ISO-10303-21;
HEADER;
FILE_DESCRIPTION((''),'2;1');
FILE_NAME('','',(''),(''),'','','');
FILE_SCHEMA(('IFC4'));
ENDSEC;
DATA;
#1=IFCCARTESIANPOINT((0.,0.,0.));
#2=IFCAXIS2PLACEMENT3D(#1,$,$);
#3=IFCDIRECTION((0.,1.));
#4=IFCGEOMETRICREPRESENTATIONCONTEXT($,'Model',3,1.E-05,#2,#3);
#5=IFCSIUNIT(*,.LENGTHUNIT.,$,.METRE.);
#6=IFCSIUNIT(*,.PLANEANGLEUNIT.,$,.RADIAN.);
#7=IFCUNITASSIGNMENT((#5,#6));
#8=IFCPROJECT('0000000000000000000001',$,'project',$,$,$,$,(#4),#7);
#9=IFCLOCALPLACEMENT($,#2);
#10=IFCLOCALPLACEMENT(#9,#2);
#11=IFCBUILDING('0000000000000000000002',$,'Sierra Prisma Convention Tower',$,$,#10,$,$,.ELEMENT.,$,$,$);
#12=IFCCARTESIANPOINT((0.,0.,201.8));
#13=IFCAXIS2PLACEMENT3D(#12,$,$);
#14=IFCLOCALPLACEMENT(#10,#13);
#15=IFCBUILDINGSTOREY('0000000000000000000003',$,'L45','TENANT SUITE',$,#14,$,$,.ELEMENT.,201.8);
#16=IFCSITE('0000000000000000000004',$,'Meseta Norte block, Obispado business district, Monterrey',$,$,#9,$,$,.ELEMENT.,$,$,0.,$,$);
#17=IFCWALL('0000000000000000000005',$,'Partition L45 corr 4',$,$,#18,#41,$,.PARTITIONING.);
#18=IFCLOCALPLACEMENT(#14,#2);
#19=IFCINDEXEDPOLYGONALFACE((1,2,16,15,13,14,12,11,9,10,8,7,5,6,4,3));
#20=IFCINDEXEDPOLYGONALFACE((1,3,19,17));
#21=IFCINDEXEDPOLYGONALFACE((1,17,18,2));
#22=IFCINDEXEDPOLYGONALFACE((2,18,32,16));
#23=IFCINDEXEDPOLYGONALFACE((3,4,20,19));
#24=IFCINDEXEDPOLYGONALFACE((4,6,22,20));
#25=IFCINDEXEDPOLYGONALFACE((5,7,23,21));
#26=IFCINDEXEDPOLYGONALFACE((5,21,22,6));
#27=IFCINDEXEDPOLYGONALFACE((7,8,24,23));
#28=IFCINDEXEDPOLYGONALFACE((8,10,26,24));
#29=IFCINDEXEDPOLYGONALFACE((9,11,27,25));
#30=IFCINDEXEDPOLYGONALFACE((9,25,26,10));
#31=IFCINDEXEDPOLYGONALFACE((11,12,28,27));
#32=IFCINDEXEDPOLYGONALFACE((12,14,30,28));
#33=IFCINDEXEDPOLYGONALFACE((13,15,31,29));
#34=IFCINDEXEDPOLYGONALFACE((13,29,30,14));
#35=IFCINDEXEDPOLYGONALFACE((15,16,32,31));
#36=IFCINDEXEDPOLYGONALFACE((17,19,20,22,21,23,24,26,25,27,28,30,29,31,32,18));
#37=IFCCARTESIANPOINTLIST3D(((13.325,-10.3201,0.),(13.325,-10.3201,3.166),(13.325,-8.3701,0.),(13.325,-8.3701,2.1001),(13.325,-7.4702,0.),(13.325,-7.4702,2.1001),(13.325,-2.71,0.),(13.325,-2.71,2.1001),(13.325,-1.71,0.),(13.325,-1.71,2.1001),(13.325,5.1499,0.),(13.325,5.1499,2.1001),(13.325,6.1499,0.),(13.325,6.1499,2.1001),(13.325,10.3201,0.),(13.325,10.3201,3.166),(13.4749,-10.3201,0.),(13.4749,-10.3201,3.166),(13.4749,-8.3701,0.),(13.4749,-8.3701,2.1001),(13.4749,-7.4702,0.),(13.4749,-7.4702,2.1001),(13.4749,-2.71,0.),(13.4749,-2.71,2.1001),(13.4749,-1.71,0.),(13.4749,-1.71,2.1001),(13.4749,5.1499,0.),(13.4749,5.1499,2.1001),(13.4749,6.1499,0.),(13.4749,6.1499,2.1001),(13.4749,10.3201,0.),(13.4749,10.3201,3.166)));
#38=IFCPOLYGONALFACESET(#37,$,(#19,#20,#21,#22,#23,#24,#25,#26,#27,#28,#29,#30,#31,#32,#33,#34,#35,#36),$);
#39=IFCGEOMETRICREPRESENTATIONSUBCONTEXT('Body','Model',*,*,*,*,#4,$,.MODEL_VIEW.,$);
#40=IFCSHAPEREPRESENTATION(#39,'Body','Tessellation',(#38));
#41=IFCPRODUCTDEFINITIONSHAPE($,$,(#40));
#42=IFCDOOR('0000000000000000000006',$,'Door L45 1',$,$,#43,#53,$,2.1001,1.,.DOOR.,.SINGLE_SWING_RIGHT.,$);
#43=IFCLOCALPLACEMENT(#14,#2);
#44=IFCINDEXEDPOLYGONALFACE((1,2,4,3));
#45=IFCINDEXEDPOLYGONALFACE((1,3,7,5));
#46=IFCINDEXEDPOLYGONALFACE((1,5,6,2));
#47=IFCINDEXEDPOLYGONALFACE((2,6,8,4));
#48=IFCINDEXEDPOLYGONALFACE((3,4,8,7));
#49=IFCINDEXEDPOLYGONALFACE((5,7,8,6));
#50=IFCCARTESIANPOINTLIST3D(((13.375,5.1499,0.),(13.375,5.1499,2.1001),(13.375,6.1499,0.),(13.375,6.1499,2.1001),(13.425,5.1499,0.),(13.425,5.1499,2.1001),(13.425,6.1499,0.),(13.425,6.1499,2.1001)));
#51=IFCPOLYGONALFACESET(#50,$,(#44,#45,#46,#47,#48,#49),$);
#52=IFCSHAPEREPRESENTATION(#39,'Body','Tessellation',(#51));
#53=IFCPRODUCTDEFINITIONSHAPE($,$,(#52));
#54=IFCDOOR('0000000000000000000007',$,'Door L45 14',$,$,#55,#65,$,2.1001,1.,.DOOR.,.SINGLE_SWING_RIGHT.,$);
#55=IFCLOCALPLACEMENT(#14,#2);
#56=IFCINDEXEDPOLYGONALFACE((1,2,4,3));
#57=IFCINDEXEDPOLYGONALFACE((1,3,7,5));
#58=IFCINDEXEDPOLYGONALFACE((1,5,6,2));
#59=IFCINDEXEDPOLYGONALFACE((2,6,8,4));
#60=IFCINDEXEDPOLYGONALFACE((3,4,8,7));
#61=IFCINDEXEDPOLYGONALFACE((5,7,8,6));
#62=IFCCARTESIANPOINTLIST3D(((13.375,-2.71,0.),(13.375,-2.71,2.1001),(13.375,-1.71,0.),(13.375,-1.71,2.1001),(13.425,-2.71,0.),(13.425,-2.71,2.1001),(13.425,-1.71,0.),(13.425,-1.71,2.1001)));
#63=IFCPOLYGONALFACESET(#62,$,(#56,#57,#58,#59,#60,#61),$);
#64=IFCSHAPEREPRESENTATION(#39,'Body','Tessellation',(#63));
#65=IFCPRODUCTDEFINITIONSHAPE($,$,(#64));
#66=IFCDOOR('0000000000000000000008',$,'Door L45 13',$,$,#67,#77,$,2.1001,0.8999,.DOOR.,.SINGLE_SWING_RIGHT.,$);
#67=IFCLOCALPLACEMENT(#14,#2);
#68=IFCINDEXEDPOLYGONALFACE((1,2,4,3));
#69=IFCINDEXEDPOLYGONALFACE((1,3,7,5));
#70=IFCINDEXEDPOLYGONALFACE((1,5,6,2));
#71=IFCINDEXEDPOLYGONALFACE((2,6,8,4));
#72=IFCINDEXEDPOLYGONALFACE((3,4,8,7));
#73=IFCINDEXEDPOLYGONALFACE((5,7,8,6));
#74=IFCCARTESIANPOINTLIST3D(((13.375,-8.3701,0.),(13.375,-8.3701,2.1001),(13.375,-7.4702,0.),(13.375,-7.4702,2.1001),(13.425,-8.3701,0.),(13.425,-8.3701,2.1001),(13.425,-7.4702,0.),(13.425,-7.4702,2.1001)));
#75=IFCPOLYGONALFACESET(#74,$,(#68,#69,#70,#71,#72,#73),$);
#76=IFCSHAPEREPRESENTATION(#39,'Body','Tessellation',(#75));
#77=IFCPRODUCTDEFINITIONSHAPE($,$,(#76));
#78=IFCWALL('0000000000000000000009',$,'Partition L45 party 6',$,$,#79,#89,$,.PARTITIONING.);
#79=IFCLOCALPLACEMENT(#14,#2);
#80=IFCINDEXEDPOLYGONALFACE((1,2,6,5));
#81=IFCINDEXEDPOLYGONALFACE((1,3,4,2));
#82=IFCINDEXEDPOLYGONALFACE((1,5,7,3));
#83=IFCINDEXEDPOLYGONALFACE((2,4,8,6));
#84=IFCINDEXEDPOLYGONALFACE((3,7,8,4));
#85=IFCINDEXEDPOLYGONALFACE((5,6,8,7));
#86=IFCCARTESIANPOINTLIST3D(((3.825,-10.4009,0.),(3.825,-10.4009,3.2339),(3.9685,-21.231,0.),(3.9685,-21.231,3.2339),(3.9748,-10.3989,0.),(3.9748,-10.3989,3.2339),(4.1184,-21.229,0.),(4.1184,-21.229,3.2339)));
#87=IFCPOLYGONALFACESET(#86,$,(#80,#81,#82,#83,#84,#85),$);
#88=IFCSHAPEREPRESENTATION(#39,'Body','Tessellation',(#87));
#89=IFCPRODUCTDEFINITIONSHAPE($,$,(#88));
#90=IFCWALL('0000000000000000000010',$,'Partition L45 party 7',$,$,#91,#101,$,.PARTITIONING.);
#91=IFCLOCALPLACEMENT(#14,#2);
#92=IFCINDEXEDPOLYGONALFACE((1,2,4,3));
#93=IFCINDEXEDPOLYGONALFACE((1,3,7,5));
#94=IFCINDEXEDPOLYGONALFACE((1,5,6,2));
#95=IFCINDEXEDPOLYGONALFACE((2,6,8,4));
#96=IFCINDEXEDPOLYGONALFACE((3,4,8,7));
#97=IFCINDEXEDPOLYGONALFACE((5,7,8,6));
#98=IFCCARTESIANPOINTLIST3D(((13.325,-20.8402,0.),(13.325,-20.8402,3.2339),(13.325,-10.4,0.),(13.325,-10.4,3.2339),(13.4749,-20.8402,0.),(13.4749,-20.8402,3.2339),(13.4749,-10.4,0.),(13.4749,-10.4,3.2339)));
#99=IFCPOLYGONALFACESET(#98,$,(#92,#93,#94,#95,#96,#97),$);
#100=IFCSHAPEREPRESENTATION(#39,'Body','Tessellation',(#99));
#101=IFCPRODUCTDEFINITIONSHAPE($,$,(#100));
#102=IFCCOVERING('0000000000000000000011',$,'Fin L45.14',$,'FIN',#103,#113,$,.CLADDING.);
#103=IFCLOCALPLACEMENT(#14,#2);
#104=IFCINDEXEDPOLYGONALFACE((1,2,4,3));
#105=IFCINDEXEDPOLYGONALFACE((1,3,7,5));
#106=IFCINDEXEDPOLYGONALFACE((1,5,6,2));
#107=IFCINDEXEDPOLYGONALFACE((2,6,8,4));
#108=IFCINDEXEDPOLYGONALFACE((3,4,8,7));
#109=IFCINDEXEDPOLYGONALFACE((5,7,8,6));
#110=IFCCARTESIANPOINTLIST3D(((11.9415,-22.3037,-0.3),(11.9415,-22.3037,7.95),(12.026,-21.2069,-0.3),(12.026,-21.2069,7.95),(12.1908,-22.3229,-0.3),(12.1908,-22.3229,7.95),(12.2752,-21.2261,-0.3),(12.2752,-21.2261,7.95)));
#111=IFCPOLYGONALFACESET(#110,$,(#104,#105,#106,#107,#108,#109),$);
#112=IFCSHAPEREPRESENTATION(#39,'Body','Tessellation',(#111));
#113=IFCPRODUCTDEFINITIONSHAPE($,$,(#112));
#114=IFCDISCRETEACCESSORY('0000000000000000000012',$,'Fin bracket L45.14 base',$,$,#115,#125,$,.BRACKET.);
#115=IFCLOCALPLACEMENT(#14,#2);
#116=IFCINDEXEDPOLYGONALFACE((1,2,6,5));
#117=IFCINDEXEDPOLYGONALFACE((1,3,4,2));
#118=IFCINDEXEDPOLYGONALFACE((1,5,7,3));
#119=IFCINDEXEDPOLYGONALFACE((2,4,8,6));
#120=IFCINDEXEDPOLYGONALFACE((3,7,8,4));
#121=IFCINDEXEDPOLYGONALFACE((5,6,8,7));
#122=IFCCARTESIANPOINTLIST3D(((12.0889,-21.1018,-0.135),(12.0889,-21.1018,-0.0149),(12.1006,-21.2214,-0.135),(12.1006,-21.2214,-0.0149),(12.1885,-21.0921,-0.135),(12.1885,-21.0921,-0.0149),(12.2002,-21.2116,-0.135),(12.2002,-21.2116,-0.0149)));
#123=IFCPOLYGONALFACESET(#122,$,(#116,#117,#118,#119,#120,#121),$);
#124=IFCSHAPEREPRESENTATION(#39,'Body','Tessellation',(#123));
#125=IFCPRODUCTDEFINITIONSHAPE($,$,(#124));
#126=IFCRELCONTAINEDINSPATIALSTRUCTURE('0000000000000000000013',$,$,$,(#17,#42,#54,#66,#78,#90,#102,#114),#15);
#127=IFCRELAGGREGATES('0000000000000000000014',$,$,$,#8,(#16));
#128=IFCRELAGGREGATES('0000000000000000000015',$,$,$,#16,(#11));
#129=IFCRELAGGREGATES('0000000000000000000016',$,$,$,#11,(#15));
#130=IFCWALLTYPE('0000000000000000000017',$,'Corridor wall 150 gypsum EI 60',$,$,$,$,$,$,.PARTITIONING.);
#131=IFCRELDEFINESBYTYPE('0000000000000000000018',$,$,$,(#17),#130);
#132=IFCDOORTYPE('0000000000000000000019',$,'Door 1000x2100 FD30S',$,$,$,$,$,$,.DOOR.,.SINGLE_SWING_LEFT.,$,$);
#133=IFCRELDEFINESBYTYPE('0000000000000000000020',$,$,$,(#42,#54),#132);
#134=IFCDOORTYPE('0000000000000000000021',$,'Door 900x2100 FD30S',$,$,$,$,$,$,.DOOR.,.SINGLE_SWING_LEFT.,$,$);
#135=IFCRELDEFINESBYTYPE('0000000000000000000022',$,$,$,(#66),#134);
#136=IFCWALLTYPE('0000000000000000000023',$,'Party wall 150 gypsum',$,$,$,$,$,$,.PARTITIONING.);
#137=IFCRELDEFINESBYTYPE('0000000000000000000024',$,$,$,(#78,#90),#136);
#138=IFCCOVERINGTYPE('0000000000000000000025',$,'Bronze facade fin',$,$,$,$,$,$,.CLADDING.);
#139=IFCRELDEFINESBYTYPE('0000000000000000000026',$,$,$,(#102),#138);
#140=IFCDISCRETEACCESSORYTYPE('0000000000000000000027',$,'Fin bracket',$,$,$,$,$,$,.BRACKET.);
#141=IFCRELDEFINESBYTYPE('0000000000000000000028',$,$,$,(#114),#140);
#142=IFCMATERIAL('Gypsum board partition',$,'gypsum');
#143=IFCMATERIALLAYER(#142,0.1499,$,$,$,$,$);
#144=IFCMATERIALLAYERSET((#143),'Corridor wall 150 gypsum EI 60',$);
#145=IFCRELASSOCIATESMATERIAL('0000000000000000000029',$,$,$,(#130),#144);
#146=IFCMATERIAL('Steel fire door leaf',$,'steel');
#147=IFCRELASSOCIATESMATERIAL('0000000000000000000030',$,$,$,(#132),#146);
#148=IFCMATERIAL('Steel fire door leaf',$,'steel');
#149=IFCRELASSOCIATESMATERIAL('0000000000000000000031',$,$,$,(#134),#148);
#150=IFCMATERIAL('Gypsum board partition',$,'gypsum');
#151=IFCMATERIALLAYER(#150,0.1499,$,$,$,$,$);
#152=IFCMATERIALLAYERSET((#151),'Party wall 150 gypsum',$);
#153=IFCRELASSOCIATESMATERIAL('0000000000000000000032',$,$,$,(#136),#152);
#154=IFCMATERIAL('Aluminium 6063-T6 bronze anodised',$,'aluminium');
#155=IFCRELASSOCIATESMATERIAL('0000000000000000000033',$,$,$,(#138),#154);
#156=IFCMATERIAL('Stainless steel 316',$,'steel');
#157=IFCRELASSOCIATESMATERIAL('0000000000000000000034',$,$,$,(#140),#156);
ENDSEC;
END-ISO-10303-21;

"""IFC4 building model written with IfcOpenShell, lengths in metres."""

from ifc_helpers import new_model, si_unit, direction, frame, frame_2d, origin, origin_2d, place, context, subcontext, project, spatial, rectangle, extrude, material, layer, layer_set, material_profile, profile_set, type_object, element, fill, save


model = new_model("IFC4")

# Units and contexts
model_context = context("Model", 3, precision=1e-05, world=origin(), true_north=direction((0.0, 1.0)))
body_context = subcontext(model_context, "Body", "Model", "MODEL_VIEW")
ifc_project = project(units=[si_unit("LENGTHUNIT", "METRE"), si_unit("PLANEANGLEUNIT", "RADIAN")], contexts=[model_context])

# Site, building, storey
site_placement = place(None, origin())
site = spatial("IfcSite", under=ifc_project, at=site_placement, Name="Meseta Norte block, Obispado business district, Monterrey", CompositionType="ELEMENT", RefElevation=0.0)
building_placement = place(site_placement, origin())
building = spatial("IfcBuilding", under=site, at=building_placement, Name="Sierra Prisma Convention Tower", CompositionType="ELEMENT")
storey_placement = place(building_placement, frame((0.0, 0.0, 201.8)))
storey = spatial("IfcBuildingStorey", under=building, at=storey_placement, Name="L45", Description="TENANT SUITE", CompositionType="ELEMENT", Elevation=201.8)

# Wall, openings, doors
ifc_material_1 = material(Name="Gypsum board partition", Category="gypsum")
ifc_layer_1 = layer(ifc_material_1, 0.1499)
ifc_layer_set_1 = layer_set([ifc_layer_1], Name="Corridor wall 150 gypsum EI 60")
wall_type_1 = type_object("IfcWallType", Name="Corridor wall 150 gypsum EI 60", PredefinedType="PARTITIONING", material=ifc_layer_set_1)
wall_1_placement = place(storey_placement, frame((13.3999, -10.3201, 0.0), z_axis=(0.0, 0.0, 1.0), x_axis=(0.0, 1.0, 0.0)))
wall_1 = element("IfcWall", 1, at=wall_1_placement, inside=storey, type_object=wall_type_1, Name="Partition L45 corr 4", PredefinedType="PARTITIONING", context=body_context, shape_type="SweptSolid", body=[
    extrude(rectangle(XDim=20.6401, YDim=0.1499, at=frame_2d((10.3201, 0.0))), origin(), (0.0, 0.0, 1.0), 3.166),
])
opening_1_placement = place(wall_1_placement, frame((15.47, 0.0, 0.0)))
opening_1 = element("IfcOpeningElement", 2, at=opening_1_placement, cuts=wall_1, PredefinedType="OPENING", context=body_context, shape_type="SweptSolid", body=[
    extrude(rectangle(XDim=1.0, YDim=2.1001, at=frame_2d((0.5, 1.05))), frame((0.0, 0.075, 0.0), z_axis=(0.0, -1.0, 0.0), x_axis=(1.0, 0.0, 0.0)), (0.0, 0.0, 1.0), 0.1499),
])
opening_2_placement = place(wall_1_placement, frame((1.95, 0.0, 0.0)))
opening_2 = element("IfcOpeningElement", 3, at=opening_2_placement, cuts=wall_1, PredefinedType="OPENING", context=body_context, shape_type="SweptSolid", body=[
    extrude(rectangle(XDim=0.8999, YDim=2.1001, at=frame_2d((0.45, 1.05))), frame((0.0, 0.075, 0.0), z_axis=(0.0, -1.0, 0.0), x_axis=(1.0, 0.0, 0.0)), (0.0, 0.0, 1.0), 0.1499),
])
opening_3_placement = place(wall_1_placement, frame((7.6101, 0.0, 0.0)))
opening_3 = element("IfcOpeningElement", 4, at=opening_3_placement, cuts=wall_1, PredefinedType="OPENING", context=body_context, shape_type="SweptSolid", body=[
    extrude(rectangle(XDim=1.0, YDim=2.1001, at=frame_2d((0.5, 1.05))), frame((0.0, 0.075, 0.0), z_axis=(0.0, -1.0, 0.0), x_axis=(1.0, 0.0, 0.0)), (0.0, 0.0, 1.0), 0.1499),
])
ifc_material_2 = material(Name="Steel fire door leaf", Category="steel")
door_type_1 = type_object("IfcDoorType", Name="Door 1000x2100 FD30S", OperationType="SINGLE_SWING_LEFT", PredefinedType="DOOR", material=ifc_material_2)
door_1_placement = place(opening_1_placement, origin())
door_1 = element("IfcDoor", 5, at=door_1_placement, inside=storey, type_object=door_type_1, Name="Door L45 1", OperationType="SINGLE_SWING_RIGHT", OverallHeight=2.1001, OverallWidth=1.0, PredefinedType="DOOR", context=body_context, shape_type="SweptSolid", body=[
    extrude(rectangle(XDim=1.0, YDim=2.1001, at=frame_2d((0.5, 1.05))), frame((0.0, 0.0249, 0.0), z_axis=(0.0, -1.0, 0.0), x_axis=(1.0, 0.0, 0.0)), (0.0, 0.0, 1.0), 0.05),
])
fill(opening_1, door_1)
door_2_placement = place(opening_3_placement, origin())
door_2 = element("IfcDoor", 6, at=door_2_placement, inside=storey, type_object=door_type_1, Name="Door L45 14", OperationType="SINGLE_SWING_RIGHT", OverallHeight=2.1001, OverallWidth=1.0, PredefinedType="DOOR", context=body_context, shape_type="SweptSolid", body=[
    extrude(rectangle(XDim=1.0, YDim=2.1001, at=frame_2d((0.5, 1.05))), frame((0.0, 0.0249, 0.0), z_axis=(0.0, -1.0, 0.0), x_axis=(1.0, 0.0, 0.0)), (0.0, 0.0, 1.0), 0.05),
])
fill(opening_3, door_2)
ifc_material_3 = material(Name="Steel fire door leaf", Category="steel")
door_type_2 = type_object("IfcDoorType", Name="Door 900x2100 FD30S", OperationType="SINGLE_SWING_LEFT", PredefinedType="DOOR", material=ifc_material_3)
door_3_placement = place(opening_2_placement, origin())
door_3 = element("IfcDoor", 7, at=door_3_placement, inside=storey, type_object=door_type_2, Name="Door L45 13", OperationType="SINGLE_SWING_RIGHT", OverallHeight=2.1001, OverallWidth=0.8999, PredefinedType="DOOR", context=body_context, shape_type="SweptSolid", body=[
    extrude(rectangle(XDim=0.8999, YDim=2.1001, at=frame_2d((0.45, 1.05))), frame((0.0, 0.0249, 0.0), z_axis=(0.0, -1.0, 0.0), x_axis=(1.0, 0.0, 0.0)), (0.0, 0.0, 1.0), 0.05),
])
fill(opening_2, door_3)

# Walls
ifc_material_4 = material(Name="Gypsum board partition", Category="gypsum")
ifc_layer_2 = layer(ifc_material_4, 0.1499)
ifc_layer_set_2 = layer_set([ifc_layer_2], Name="Party wall 150 gypsum")
wall_type_2 = type_object("IfcWallType", Name="Party wall 150 gypsum", PredefinedType="PARTITIONING", material=ifc_layer_set_2)
wall_2_placement = place(storey_placement, frame((3.8999, -10.3999, 0.0), z_axis=(0.0, 0.0, 1.0), x_axis=(0.013254, -0.999912, 0.0)))
element("IfcWall", 8, at=wall_2_placement, inside=storey, type_object=wall_type_2, Name="Partition L45 party 6", PredefinedType="PARTITIONING", context=body_context, shape_type="SweptSolid", body=[
    extrude(rectangle(XDim=10.8311, YDim=0.1499, at=frame_2d((5.4155, 0.0))), origin(), (0.0, 0.0, 1.0), 3.2339),
])
wall_3_placement = place(storey_placement, frame((13.3999, -10.3999, 0.0), z_axis=(0.0, 0.0, 1.0), x_axis=(0.0, -1.0, 0.0)))
element("IfcWall", 9, at=wall_3_placement, inside=storey, type_object=wall_type_2, Name="Partition L45 party 7", PredefinedType="PARTITIONING", context=body_context, shape_type="SweptSolid", body=[
    extrude(rectangle(XDim=10.4402, YDim=0.1499, at=frame_2d((5.2202, 0.0))), origin(), (0.0, 0.0, 1.0), 3.2339),
])

# Covering
ifc_material_5 = material(Name="Aluminium 6063-T6 bronze anodised", Category="aluminium")
ifc_material_profile_1 = material_profile(ifc_material_5, rectangle(XDim=1.1001, YDim=0.25, at=origin_2d()), Name="ALU FIN 1100x250")
ifc_profile_set_1 = profile_set([ifc_material_profile_1], Name="Aluminium 6063-T6 bronze anodised")
covering_type = type_object("IfcCoveringType", Name="Bronze facade fin", PredefinedType="CLADDING", material=ifc_profile_set_1)
covering_placement = place(storey_placement, frame((12.1084, -21.7649, -0.3), z_axis=(0.0, 0.0, 1.0), x_axis=(-0.076755, -0.99705, 0.0)))
element("IfcCovering", 10, at=covering_placement, inside=storey, type_object=covering_type, Name="Fin L45.14", ObjectType="FIN", PredefinedType="CLADDING", context=body_context, shape_type="SweptSolid", body=[
    extrude(rectangle(XDim=1.1001, YDim=0.25, at=origin_2d()), origin(), (0.0, 0.0, 1.0), 8.25),
])

# Discrete accessory
ifc_material_6 = material(Name="Stainless steel 316", Category="steel")
discrete_accessory_type = type_object("IfcDiscreteAccessoryType", Name="Fin bracket", PredefinedType="BRACKET", material=ifc_material_6)
discrete_accessory_placement = place(storey_placement, frame((12.1445, -21.1567, -0.135), z_axis=(0.0, 0.0, 1.0), x_axis=(0.097547, -0.995231, 0.0)))
element("IfcDiscreteAccessory", 11, at=discrete_accessory_placement, inside=storey, type_object=discrete_accessory_type, Name="Fin bracket L45.14 base", PredefinedType="BRACKET", context=body_context, shape_type="SweptSolid", body=[
    extrude(rectangle(XDim=0.1201, YDim=0.1001, at=origin_2d()), origin(), (0.0, 0.0, 1.0), 0.1201),
])

save(model, "model.ifc")
